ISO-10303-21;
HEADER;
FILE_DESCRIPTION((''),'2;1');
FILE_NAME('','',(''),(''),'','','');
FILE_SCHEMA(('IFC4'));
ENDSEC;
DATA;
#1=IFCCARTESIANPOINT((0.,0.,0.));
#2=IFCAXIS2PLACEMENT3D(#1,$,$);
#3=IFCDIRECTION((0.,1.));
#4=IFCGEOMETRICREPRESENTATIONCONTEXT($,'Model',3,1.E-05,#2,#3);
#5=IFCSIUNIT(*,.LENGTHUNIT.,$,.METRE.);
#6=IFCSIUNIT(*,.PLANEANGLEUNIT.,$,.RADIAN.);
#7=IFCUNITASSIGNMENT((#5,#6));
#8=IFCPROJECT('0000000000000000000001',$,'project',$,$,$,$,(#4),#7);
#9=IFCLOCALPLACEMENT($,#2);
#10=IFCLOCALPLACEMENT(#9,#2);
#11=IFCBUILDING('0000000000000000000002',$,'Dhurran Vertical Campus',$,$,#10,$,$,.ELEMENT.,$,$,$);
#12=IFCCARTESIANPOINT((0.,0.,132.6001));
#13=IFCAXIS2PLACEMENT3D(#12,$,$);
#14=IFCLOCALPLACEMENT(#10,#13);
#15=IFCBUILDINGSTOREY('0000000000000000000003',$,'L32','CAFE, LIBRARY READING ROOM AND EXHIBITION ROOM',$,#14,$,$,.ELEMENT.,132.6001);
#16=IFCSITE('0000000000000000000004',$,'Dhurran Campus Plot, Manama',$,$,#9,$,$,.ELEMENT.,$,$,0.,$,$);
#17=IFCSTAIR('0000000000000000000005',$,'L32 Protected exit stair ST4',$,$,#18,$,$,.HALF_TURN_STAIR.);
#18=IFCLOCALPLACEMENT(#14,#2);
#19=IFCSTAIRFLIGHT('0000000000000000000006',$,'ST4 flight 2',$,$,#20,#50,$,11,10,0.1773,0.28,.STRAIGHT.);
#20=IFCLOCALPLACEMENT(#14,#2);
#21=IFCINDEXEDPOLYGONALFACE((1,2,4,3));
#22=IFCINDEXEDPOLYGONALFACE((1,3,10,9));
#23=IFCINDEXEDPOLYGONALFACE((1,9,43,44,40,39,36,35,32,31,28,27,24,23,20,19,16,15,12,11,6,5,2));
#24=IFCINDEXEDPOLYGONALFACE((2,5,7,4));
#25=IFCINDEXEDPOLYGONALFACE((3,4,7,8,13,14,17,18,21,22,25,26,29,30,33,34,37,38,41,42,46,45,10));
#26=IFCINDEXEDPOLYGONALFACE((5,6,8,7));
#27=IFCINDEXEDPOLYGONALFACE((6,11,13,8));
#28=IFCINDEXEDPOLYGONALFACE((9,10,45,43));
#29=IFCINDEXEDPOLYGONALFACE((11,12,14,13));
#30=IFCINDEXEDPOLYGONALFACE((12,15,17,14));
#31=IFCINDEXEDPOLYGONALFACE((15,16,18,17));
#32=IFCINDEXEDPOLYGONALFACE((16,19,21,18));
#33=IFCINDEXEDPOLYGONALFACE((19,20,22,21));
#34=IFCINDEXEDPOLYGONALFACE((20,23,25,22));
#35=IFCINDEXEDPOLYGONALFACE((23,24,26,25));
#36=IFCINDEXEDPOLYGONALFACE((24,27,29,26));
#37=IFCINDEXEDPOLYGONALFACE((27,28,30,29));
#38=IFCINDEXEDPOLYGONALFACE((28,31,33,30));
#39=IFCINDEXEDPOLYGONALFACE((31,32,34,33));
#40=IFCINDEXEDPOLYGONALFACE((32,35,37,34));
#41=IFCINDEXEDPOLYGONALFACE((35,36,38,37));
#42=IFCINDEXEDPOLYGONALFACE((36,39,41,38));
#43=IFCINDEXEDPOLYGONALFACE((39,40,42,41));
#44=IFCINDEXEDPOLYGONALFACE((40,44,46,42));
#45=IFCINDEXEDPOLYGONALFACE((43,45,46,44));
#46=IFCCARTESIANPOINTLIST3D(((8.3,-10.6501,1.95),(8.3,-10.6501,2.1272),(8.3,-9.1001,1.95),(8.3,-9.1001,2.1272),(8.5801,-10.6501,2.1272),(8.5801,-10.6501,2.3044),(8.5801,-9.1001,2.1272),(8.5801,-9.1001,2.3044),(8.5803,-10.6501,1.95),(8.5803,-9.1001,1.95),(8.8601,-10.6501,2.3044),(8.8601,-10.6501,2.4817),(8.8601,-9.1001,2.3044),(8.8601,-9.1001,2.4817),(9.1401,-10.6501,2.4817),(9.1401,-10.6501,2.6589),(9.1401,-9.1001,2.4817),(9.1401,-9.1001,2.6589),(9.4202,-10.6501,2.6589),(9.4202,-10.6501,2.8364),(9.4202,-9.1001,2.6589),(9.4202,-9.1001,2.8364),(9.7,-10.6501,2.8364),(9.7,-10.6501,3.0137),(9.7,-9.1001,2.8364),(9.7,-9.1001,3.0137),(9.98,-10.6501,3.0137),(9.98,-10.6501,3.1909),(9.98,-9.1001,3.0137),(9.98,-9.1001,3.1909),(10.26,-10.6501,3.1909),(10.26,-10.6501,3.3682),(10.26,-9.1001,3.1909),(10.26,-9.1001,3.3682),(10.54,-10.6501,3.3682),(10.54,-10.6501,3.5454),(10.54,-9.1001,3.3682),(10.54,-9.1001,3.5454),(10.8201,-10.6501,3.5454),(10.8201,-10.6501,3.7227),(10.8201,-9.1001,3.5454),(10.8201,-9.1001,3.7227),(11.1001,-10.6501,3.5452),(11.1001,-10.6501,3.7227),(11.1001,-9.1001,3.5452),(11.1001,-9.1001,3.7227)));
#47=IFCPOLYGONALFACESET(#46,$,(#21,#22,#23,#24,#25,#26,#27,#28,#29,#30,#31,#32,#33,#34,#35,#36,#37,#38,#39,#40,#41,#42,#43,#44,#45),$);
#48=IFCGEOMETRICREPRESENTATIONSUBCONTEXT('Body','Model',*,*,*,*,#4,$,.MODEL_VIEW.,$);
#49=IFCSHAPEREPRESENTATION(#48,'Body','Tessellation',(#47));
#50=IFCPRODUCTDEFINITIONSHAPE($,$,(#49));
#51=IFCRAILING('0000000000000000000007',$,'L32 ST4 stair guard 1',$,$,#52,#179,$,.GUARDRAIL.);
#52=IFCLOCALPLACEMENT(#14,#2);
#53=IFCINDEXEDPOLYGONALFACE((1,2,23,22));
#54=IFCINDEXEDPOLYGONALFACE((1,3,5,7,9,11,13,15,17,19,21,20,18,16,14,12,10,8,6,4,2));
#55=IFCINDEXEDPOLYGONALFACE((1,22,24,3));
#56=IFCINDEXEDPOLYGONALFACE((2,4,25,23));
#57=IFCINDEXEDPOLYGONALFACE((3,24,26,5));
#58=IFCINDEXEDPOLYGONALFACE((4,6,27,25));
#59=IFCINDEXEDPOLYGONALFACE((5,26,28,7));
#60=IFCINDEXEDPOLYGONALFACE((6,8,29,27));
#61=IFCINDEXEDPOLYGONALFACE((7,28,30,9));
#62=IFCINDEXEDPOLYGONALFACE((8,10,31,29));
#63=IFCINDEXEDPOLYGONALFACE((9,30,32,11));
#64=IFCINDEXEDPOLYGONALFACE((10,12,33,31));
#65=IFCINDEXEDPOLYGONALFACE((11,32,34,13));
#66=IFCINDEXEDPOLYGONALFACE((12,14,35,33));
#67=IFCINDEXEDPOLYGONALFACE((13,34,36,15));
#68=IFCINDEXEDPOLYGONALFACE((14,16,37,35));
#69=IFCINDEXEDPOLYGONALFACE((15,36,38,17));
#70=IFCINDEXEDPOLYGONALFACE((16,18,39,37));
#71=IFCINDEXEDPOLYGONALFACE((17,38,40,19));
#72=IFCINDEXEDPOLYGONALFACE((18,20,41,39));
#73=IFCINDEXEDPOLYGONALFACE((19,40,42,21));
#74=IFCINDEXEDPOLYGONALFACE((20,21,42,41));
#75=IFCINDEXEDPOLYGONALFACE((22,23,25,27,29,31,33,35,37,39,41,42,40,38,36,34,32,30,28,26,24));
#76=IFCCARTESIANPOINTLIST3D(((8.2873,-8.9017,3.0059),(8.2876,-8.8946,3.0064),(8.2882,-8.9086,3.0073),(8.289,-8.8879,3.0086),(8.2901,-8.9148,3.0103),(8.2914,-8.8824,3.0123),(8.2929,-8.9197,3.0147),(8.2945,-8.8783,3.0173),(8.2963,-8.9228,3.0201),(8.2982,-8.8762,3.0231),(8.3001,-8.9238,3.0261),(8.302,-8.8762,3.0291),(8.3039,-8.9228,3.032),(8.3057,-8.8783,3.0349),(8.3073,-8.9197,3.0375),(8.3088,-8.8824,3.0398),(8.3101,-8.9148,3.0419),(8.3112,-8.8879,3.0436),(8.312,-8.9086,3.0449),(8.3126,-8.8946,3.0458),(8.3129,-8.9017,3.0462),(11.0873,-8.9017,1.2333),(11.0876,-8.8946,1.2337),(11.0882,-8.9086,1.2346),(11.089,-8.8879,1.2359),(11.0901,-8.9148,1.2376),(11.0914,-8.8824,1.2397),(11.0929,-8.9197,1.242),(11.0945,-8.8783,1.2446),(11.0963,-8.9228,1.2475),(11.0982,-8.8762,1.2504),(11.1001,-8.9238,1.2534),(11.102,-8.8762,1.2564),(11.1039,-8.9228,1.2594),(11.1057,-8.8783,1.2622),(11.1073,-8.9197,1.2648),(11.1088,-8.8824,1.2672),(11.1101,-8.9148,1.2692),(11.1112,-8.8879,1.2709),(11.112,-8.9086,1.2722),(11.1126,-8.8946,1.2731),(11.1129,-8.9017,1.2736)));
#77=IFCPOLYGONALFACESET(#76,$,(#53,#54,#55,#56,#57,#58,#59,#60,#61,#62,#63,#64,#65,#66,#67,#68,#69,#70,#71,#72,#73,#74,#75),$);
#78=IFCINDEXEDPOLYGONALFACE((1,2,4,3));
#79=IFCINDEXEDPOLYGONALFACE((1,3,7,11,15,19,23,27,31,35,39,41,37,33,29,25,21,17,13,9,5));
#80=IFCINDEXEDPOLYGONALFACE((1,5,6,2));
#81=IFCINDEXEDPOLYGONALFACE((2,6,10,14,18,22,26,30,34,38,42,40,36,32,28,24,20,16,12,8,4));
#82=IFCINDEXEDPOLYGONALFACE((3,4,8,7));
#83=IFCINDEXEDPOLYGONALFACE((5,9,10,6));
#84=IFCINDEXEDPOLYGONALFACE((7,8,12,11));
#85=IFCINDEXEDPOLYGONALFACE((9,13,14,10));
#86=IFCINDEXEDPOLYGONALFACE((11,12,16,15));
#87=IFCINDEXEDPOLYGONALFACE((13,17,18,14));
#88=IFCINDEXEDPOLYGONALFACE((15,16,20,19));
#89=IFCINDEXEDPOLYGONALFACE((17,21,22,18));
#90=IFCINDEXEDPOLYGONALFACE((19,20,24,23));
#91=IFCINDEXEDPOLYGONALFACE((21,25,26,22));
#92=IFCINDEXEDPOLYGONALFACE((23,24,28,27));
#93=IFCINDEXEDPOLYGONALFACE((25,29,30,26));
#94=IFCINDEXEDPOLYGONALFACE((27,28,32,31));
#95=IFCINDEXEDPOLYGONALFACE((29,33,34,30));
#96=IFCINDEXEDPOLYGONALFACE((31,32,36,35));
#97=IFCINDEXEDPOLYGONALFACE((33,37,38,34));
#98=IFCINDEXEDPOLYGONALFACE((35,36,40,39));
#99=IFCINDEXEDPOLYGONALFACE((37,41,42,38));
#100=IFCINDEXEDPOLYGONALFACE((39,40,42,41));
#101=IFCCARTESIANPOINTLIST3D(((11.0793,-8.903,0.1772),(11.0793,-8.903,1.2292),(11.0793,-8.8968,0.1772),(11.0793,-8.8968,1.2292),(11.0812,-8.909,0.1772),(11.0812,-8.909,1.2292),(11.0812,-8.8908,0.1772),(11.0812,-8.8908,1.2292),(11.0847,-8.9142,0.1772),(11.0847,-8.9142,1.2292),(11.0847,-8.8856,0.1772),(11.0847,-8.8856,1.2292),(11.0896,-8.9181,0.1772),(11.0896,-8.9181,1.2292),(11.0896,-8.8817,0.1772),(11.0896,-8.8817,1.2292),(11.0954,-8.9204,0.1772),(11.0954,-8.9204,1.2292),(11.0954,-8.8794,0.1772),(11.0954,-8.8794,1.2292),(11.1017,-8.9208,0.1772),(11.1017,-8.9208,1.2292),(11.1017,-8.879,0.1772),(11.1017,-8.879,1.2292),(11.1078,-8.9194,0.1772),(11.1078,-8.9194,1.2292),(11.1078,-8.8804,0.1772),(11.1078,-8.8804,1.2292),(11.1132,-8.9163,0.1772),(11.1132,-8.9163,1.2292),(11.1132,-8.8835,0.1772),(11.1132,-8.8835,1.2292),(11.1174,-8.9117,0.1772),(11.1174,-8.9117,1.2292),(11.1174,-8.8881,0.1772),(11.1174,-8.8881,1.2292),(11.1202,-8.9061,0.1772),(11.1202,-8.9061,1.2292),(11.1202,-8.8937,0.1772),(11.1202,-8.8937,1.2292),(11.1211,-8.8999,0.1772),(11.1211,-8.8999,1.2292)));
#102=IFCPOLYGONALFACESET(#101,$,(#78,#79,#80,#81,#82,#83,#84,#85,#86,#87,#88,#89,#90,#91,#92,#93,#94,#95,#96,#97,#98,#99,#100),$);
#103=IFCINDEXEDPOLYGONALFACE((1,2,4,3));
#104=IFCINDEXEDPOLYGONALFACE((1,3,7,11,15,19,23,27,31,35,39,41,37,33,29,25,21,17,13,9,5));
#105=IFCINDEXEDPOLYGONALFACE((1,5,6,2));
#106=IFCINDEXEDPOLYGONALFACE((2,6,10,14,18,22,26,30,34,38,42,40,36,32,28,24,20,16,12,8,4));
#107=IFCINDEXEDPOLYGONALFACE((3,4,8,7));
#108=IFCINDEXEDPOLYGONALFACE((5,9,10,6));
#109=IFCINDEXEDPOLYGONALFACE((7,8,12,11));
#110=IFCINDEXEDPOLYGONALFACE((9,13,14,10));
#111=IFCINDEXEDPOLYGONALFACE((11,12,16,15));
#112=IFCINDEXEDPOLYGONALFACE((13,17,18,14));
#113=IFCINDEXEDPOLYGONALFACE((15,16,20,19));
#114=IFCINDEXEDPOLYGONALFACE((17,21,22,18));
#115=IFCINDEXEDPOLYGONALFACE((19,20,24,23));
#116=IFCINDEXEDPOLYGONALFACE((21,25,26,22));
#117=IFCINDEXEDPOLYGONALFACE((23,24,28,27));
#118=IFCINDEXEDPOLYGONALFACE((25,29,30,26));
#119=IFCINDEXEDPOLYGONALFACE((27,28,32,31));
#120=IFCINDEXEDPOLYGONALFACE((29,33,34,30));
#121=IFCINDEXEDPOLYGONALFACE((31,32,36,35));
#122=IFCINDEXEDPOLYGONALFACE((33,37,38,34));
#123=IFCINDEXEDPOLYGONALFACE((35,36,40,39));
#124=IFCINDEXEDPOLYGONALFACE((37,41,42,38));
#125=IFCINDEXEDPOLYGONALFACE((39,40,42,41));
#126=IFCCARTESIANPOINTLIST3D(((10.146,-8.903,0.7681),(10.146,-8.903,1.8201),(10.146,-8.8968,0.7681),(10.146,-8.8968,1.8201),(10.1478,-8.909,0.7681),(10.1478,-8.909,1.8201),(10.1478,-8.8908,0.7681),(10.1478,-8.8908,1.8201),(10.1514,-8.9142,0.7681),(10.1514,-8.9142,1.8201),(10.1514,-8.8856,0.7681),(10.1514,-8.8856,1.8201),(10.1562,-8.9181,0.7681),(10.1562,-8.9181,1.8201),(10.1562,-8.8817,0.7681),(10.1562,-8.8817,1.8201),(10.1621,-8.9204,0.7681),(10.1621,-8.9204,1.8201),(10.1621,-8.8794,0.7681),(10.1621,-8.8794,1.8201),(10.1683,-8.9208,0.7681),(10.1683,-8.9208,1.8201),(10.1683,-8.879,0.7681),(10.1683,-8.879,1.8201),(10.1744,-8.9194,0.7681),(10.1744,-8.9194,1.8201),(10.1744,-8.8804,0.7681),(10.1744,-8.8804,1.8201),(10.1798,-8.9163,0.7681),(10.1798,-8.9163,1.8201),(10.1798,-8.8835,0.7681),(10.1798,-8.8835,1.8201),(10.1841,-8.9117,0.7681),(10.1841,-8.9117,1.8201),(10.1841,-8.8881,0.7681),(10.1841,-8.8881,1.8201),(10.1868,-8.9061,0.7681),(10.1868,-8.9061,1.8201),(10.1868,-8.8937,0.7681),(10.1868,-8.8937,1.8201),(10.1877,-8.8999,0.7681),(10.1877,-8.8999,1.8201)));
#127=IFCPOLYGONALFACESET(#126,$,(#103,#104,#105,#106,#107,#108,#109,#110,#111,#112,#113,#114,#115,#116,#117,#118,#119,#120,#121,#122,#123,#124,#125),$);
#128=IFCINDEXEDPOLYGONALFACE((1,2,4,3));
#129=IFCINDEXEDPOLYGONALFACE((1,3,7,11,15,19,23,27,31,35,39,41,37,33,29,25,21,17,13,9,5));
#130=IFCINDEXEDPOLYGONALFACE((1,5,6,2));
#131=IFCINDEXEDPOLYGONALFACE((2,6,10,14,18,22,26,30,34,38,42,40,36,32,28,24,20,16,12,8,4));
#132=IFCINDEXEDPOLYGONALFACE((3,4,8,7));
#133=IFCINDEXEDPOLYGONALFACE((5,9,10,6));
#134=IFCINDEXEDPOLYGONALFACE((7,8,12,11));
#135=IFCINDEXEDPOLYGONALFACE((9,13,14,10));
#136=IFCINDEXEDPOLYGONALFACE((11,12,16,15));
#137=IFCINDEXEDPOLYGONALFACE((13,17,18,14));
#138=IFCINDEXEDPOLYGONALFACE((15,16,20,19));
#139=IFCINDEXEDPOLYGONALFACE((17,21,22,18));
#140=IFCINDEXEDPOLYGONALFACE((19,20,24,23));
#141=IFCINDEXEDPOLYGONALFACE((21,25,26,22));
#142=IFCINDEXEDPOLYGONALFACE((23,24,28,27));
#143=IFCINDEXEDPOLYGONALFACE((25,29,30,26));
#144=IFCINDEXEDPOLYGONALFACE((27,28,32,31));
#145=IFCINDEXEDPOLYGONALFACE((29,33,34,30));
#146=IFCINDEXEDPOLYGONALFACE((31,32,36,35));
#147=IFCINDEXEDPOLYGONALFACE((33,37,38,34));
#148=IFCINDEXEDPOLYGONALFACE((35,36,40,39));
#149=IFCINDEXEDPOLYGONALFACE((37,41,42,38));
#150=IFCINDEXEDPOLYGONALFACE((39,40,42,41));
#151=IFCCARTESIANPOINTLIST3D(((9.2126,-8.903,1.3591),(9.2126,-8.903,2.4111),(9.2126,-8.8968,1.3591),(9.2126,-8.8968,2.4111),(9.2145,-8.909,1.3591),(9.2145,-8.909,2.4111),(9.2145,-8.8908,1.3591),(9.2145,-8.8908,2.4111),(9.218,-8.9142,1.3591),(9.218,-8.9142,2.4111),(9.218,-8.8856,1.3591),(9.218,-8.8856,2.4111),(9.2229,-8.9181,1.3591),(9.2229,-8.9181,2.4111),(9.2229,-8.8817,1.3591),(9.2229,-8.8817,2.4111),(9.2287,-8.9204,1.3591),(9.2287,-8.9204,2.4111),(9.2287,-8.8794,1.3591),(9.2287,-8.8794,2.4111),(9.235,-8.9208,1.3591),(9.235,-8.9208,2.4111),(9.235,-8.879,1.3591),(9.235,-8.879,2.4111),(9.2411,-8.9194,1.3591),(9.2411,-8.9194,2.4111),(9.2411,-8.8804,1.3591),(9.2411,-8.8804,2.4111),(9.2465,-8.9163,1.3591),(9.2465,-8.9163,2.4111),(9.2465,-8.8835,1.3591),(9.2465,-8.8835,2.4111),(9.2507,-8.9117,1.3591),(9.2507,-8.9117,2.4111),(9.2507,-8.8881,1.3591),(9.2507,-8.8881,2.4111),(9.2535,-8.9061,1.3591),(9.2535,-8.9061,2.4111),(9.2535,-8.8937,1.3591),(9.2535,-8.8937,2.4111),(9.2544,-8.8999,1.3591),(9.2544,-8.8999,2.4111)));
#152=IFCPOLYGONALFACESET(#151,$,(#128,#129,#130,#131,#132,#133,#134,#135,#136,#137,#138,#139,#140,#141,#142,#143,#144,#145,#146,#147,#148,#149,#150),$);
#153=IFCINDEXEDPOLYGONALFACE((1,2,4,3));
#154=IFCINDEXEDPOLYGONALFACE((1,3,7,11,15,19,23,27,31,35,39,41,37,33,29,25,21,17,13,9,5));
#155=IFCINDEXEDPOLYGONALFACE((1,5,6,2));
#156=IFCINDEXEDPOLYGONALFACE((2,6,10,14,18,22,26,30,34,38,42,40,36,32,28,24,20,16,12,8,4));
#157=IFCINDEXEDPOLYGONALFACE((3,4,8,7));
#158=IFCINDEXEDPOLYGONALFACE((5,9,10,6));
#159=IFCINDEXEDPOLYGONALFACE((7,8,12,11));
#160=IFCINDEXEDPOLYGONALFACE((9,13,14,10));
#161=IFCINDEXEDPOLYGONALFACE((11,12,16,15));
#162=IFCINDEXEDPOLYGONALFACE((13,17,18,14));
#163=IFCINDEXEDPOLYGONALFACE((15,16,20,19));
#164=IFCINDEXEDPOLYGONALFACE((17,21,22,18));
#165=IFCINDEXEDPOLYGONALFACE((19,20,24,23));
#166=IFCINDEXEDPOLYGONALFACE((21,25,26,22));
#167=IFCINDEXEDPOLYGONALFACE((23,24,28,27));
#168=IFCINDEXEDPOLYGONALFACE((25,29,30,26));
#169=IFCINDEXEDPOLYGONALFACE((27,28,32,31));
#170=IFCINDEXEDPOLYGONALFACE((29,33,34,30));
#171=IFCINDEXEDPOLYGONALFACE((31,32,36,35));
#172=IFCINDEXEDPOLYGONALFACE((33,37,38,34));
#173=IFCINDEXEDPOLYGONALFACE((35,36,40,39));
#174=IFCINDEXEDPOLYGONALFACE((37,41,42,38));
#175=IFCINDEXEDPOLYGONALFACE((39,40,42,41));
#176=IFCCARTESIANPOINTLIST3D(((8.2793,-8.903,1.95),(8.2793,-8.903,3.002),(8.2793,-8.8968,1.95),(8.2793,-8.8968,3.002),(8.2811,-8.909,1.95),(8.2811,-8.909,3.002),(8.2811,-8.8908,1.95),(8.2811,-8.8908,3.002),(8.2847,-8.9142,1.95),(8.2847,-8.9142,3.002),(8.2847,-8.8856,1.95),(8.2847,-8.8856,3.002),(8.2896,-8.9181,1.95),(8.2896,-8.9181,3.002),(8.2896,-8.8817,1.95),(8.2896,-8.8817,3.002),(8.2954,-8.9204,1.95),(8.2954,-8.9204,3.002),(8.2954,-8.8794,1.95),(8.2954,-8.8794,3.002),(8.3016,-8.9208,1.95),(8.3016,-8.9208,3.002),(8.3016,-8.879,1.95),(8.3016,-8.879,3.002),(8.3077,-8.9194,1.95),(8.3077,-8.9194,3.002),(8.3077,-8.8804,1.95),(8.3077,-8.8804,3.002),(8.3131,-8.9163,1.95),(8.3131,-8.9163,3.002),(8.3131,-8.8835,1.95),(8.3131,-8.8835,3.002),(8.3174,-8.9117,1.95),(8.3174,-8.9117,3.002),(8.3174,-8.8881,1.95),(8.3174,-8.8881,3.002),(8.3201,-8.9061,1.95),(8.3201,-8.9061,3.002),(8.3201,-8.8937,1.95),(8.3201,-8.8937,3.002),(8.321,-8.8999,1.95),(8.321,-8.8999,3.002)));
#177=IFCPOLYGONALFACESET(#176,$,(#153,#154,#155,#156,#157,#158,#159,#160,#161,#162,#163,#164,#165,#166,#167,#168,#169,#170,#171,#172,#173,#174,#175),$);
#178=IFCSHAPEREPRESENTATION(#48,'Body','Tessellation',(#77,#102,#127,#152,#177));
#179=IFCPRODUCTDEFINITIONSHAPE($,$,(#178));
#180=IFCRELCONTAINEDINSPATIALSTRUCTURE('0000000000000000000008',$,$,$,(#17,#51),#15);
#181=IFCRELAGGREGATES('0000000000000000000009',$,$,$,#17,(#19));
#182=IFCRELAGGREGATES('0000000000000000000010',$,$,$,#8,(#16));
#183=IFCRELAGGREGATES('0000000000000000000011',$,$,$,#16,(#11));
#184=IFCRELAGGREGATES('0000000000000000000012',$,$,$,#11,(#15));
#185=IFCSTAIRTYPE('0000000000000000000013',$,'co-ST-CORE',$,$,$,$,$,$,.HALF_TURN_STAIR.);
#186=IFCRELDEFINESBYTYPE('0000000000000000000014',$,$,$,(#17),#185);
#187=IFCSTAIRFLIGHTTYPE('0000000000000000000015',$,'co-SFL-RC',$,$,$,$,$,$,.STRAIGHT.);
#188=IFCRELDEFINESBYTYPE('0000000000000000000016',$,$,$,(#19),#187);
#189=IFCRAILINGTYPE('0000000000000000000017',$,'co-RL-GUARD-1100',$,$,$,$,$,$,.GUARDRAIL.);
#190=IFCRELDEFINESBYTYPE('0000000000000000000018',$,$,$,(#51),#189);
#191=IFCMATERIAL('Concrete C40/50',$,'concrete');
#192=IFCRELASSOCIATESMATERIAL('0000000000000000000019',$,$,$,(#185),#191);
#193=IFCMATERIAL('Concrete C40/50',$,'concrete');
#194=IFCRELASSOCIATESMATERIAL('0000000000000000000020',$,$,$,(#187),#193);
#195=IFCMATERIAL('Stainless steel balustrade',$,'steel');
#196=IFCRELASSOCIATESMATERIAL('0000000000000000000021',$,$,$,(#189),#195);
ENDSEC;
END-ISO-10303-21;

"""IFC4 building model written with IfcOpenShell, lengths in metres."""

from ifc_helpers import new_model, si_unit, direction, frame, origin, origin_2d, place, context, subcontext, project, spatial, polyline, circle, outline, extrude, material, type_object, element, aggregate, save


model = new_model("IFC4")

# Units and contexts
model_context = context("Model", 3, precision=1e-05, world=origin(), true_north=direction((0.0, 1.0)))
body_context = subcontext(model_context, "Body", "Model", "MODEL_VIEW")
ifc_project = project(units=[si_unit("LENGTHUNIT", "METRE"), si_unit("PLANEANGLEUNIT", "RADIAN")], contexts=[model_context])

# Site, building, storey
site_placement = place(None, origin())
site = spatial("IfcSite", under=ifc_project, at=site_placement, Name="Dhurran Campus Plot, Manama", CompositionType="ELEMENT", RefElevation=0.0)
building_placement = place(site_placement, origin())
building = spatial("IfcBuilding", under=site, at=building_placement, Name="Dhurran Vertical Campus", CompositionType="ELEMENT")
storey_placement = place(building_placement, frame((0.0, 0.0, 132.6001)))
storey = spatial("IfcBuildingStorey", under=building, at=storey_placement, Name="L32", Description="CAFE, LIBRARY READING ROOM AND EXHIBITION ROOM", CompositionType="ELEMENT", Elevation=132.6001)

# Stair, stair flight
ifc_material_1 = material(Name="Concrete C40/50", Category="concrete")
stair_type = type_object("IfcStairType", Name="co-ST-CORE", PredefinedType="HALF_TURN_STAIR", material=ifc_material_1)
stair_placement = place(storey_placement, origin())
stair = element("IfcStair", 1, at=stair_placement, inside=storey, type_object=stair_type, Name="L32 Protected exit stair ST4", PredefinedType="HALF_TURN_STAIR")
ifc_material_2 = material(Name="Concrete C40/50", Category="concrete")
stair_flight_type = type_object("IfcStairFlightType", Name="co-SFL-RC", PredefinedType="STRAIGHT", material=ifc_material_2)
stair_flight_1_placement = place(storey_placement, frame((8.3, -9.875, 1.95), z_axis=(0.0, 0.0, 1.0), x_axis=(1.0, 0.0, 0.0)))
stair_flight_1 = element("IfcStairFlight", 2, at=stair_flight_1_placement, type_object=stair_flight_type, Name="ST4 flight 2", NumberOfRisers=11, NumberOfTreads=10, PredefinedType="STRAIGHT", RiserHeight=0.1773, TreadLength=0.28, context=body_context, shape_type="SweptSolid", body=[
    extrude(outline(polyline([(0.0, 0.0), (0.0, 0.1772), (0.28, 0.1772), (0.28, 0.3545), (0.5601, 0.3545), (0.5601, 0.5317), (0.8401, 0.5317), (0.8401, 0.709), (1.1201, 0.709), (1.1201, 0.8865), (1.3999, 0.8865), (1.3999, 1.0637), (1.6799, 1.0637), (1.6799, 1.241), (1.96, 1.241), (1.96, 1.4182), (2.24, 1.4182), (2.24, 1.5955), (2.52, 1.5955), (2.52, 1.7727), (2.8, 1.7727), (2.8, 1.95), (2.8, 1.5952), (0.2803, 0.0), (0.0, 0.0)])), frame((0.0, 0.7749, 0.0), z_axis=(0.0, -1.0, 0.0), x_axis=(1.0, 0.0, 0.0)), (0.0, 0.0, 1.0), 1.55),
])
aggregate(stair, [stair_flight_1])

# Railing
ifc_material_3 = material(Name="Stainless steel balustrade", Category="steel")
railing_type_1 = type_object("IfcRailingType", Name="co-RL-GUARD-1100", PredefinedType="GUARDRAIL", material=ifc_material_3)
railing_1_placement = place(storey_placement, frame((11.1001, -8.8999, 0.1772)))
element("IfcRailing", 3, at=railing_1_placement, inside=storey, type_object=railing_type_1, Name="L32 ST4 stair guard 1", PredefinedType="GUARDRAIL", context=body_context, shape_type="SweptSolid", body=[
    extrude(circle(Radius=0.0239, at=origin_2d()), frame((0.0, 0.0, 1.0762), z_axis=(-0.844909, 0.0, 0.53491), x_axis=(0.0, -1.0, 0.0)), (0.0, 0.0, 1.0), 3.314),
    extrude(circle(Radius=0.021, at=origin_2d()), origin(), (0.0, 0.0, 1.0), 1.052),
    extrude(circle(Radius=0.021, at=origin_2d()), frame((-0.9333, 0.0, 0.5908)), (0.0, 0.0, 1.0), 1.052),
    extrude(circle(Radius=0.021, at=origin_2d()), frame((-1.8667, 0.0, 1.1819)), (0.0, 0.0, 1.0), 1.052),
    extrude(circle(Radius=0.021, at=origin_2d()), frame((-2.8, 0.0, 1.7727)), (0.0, 0.0, 1.0), 1.052),
])

save(model, "model.ifc")
